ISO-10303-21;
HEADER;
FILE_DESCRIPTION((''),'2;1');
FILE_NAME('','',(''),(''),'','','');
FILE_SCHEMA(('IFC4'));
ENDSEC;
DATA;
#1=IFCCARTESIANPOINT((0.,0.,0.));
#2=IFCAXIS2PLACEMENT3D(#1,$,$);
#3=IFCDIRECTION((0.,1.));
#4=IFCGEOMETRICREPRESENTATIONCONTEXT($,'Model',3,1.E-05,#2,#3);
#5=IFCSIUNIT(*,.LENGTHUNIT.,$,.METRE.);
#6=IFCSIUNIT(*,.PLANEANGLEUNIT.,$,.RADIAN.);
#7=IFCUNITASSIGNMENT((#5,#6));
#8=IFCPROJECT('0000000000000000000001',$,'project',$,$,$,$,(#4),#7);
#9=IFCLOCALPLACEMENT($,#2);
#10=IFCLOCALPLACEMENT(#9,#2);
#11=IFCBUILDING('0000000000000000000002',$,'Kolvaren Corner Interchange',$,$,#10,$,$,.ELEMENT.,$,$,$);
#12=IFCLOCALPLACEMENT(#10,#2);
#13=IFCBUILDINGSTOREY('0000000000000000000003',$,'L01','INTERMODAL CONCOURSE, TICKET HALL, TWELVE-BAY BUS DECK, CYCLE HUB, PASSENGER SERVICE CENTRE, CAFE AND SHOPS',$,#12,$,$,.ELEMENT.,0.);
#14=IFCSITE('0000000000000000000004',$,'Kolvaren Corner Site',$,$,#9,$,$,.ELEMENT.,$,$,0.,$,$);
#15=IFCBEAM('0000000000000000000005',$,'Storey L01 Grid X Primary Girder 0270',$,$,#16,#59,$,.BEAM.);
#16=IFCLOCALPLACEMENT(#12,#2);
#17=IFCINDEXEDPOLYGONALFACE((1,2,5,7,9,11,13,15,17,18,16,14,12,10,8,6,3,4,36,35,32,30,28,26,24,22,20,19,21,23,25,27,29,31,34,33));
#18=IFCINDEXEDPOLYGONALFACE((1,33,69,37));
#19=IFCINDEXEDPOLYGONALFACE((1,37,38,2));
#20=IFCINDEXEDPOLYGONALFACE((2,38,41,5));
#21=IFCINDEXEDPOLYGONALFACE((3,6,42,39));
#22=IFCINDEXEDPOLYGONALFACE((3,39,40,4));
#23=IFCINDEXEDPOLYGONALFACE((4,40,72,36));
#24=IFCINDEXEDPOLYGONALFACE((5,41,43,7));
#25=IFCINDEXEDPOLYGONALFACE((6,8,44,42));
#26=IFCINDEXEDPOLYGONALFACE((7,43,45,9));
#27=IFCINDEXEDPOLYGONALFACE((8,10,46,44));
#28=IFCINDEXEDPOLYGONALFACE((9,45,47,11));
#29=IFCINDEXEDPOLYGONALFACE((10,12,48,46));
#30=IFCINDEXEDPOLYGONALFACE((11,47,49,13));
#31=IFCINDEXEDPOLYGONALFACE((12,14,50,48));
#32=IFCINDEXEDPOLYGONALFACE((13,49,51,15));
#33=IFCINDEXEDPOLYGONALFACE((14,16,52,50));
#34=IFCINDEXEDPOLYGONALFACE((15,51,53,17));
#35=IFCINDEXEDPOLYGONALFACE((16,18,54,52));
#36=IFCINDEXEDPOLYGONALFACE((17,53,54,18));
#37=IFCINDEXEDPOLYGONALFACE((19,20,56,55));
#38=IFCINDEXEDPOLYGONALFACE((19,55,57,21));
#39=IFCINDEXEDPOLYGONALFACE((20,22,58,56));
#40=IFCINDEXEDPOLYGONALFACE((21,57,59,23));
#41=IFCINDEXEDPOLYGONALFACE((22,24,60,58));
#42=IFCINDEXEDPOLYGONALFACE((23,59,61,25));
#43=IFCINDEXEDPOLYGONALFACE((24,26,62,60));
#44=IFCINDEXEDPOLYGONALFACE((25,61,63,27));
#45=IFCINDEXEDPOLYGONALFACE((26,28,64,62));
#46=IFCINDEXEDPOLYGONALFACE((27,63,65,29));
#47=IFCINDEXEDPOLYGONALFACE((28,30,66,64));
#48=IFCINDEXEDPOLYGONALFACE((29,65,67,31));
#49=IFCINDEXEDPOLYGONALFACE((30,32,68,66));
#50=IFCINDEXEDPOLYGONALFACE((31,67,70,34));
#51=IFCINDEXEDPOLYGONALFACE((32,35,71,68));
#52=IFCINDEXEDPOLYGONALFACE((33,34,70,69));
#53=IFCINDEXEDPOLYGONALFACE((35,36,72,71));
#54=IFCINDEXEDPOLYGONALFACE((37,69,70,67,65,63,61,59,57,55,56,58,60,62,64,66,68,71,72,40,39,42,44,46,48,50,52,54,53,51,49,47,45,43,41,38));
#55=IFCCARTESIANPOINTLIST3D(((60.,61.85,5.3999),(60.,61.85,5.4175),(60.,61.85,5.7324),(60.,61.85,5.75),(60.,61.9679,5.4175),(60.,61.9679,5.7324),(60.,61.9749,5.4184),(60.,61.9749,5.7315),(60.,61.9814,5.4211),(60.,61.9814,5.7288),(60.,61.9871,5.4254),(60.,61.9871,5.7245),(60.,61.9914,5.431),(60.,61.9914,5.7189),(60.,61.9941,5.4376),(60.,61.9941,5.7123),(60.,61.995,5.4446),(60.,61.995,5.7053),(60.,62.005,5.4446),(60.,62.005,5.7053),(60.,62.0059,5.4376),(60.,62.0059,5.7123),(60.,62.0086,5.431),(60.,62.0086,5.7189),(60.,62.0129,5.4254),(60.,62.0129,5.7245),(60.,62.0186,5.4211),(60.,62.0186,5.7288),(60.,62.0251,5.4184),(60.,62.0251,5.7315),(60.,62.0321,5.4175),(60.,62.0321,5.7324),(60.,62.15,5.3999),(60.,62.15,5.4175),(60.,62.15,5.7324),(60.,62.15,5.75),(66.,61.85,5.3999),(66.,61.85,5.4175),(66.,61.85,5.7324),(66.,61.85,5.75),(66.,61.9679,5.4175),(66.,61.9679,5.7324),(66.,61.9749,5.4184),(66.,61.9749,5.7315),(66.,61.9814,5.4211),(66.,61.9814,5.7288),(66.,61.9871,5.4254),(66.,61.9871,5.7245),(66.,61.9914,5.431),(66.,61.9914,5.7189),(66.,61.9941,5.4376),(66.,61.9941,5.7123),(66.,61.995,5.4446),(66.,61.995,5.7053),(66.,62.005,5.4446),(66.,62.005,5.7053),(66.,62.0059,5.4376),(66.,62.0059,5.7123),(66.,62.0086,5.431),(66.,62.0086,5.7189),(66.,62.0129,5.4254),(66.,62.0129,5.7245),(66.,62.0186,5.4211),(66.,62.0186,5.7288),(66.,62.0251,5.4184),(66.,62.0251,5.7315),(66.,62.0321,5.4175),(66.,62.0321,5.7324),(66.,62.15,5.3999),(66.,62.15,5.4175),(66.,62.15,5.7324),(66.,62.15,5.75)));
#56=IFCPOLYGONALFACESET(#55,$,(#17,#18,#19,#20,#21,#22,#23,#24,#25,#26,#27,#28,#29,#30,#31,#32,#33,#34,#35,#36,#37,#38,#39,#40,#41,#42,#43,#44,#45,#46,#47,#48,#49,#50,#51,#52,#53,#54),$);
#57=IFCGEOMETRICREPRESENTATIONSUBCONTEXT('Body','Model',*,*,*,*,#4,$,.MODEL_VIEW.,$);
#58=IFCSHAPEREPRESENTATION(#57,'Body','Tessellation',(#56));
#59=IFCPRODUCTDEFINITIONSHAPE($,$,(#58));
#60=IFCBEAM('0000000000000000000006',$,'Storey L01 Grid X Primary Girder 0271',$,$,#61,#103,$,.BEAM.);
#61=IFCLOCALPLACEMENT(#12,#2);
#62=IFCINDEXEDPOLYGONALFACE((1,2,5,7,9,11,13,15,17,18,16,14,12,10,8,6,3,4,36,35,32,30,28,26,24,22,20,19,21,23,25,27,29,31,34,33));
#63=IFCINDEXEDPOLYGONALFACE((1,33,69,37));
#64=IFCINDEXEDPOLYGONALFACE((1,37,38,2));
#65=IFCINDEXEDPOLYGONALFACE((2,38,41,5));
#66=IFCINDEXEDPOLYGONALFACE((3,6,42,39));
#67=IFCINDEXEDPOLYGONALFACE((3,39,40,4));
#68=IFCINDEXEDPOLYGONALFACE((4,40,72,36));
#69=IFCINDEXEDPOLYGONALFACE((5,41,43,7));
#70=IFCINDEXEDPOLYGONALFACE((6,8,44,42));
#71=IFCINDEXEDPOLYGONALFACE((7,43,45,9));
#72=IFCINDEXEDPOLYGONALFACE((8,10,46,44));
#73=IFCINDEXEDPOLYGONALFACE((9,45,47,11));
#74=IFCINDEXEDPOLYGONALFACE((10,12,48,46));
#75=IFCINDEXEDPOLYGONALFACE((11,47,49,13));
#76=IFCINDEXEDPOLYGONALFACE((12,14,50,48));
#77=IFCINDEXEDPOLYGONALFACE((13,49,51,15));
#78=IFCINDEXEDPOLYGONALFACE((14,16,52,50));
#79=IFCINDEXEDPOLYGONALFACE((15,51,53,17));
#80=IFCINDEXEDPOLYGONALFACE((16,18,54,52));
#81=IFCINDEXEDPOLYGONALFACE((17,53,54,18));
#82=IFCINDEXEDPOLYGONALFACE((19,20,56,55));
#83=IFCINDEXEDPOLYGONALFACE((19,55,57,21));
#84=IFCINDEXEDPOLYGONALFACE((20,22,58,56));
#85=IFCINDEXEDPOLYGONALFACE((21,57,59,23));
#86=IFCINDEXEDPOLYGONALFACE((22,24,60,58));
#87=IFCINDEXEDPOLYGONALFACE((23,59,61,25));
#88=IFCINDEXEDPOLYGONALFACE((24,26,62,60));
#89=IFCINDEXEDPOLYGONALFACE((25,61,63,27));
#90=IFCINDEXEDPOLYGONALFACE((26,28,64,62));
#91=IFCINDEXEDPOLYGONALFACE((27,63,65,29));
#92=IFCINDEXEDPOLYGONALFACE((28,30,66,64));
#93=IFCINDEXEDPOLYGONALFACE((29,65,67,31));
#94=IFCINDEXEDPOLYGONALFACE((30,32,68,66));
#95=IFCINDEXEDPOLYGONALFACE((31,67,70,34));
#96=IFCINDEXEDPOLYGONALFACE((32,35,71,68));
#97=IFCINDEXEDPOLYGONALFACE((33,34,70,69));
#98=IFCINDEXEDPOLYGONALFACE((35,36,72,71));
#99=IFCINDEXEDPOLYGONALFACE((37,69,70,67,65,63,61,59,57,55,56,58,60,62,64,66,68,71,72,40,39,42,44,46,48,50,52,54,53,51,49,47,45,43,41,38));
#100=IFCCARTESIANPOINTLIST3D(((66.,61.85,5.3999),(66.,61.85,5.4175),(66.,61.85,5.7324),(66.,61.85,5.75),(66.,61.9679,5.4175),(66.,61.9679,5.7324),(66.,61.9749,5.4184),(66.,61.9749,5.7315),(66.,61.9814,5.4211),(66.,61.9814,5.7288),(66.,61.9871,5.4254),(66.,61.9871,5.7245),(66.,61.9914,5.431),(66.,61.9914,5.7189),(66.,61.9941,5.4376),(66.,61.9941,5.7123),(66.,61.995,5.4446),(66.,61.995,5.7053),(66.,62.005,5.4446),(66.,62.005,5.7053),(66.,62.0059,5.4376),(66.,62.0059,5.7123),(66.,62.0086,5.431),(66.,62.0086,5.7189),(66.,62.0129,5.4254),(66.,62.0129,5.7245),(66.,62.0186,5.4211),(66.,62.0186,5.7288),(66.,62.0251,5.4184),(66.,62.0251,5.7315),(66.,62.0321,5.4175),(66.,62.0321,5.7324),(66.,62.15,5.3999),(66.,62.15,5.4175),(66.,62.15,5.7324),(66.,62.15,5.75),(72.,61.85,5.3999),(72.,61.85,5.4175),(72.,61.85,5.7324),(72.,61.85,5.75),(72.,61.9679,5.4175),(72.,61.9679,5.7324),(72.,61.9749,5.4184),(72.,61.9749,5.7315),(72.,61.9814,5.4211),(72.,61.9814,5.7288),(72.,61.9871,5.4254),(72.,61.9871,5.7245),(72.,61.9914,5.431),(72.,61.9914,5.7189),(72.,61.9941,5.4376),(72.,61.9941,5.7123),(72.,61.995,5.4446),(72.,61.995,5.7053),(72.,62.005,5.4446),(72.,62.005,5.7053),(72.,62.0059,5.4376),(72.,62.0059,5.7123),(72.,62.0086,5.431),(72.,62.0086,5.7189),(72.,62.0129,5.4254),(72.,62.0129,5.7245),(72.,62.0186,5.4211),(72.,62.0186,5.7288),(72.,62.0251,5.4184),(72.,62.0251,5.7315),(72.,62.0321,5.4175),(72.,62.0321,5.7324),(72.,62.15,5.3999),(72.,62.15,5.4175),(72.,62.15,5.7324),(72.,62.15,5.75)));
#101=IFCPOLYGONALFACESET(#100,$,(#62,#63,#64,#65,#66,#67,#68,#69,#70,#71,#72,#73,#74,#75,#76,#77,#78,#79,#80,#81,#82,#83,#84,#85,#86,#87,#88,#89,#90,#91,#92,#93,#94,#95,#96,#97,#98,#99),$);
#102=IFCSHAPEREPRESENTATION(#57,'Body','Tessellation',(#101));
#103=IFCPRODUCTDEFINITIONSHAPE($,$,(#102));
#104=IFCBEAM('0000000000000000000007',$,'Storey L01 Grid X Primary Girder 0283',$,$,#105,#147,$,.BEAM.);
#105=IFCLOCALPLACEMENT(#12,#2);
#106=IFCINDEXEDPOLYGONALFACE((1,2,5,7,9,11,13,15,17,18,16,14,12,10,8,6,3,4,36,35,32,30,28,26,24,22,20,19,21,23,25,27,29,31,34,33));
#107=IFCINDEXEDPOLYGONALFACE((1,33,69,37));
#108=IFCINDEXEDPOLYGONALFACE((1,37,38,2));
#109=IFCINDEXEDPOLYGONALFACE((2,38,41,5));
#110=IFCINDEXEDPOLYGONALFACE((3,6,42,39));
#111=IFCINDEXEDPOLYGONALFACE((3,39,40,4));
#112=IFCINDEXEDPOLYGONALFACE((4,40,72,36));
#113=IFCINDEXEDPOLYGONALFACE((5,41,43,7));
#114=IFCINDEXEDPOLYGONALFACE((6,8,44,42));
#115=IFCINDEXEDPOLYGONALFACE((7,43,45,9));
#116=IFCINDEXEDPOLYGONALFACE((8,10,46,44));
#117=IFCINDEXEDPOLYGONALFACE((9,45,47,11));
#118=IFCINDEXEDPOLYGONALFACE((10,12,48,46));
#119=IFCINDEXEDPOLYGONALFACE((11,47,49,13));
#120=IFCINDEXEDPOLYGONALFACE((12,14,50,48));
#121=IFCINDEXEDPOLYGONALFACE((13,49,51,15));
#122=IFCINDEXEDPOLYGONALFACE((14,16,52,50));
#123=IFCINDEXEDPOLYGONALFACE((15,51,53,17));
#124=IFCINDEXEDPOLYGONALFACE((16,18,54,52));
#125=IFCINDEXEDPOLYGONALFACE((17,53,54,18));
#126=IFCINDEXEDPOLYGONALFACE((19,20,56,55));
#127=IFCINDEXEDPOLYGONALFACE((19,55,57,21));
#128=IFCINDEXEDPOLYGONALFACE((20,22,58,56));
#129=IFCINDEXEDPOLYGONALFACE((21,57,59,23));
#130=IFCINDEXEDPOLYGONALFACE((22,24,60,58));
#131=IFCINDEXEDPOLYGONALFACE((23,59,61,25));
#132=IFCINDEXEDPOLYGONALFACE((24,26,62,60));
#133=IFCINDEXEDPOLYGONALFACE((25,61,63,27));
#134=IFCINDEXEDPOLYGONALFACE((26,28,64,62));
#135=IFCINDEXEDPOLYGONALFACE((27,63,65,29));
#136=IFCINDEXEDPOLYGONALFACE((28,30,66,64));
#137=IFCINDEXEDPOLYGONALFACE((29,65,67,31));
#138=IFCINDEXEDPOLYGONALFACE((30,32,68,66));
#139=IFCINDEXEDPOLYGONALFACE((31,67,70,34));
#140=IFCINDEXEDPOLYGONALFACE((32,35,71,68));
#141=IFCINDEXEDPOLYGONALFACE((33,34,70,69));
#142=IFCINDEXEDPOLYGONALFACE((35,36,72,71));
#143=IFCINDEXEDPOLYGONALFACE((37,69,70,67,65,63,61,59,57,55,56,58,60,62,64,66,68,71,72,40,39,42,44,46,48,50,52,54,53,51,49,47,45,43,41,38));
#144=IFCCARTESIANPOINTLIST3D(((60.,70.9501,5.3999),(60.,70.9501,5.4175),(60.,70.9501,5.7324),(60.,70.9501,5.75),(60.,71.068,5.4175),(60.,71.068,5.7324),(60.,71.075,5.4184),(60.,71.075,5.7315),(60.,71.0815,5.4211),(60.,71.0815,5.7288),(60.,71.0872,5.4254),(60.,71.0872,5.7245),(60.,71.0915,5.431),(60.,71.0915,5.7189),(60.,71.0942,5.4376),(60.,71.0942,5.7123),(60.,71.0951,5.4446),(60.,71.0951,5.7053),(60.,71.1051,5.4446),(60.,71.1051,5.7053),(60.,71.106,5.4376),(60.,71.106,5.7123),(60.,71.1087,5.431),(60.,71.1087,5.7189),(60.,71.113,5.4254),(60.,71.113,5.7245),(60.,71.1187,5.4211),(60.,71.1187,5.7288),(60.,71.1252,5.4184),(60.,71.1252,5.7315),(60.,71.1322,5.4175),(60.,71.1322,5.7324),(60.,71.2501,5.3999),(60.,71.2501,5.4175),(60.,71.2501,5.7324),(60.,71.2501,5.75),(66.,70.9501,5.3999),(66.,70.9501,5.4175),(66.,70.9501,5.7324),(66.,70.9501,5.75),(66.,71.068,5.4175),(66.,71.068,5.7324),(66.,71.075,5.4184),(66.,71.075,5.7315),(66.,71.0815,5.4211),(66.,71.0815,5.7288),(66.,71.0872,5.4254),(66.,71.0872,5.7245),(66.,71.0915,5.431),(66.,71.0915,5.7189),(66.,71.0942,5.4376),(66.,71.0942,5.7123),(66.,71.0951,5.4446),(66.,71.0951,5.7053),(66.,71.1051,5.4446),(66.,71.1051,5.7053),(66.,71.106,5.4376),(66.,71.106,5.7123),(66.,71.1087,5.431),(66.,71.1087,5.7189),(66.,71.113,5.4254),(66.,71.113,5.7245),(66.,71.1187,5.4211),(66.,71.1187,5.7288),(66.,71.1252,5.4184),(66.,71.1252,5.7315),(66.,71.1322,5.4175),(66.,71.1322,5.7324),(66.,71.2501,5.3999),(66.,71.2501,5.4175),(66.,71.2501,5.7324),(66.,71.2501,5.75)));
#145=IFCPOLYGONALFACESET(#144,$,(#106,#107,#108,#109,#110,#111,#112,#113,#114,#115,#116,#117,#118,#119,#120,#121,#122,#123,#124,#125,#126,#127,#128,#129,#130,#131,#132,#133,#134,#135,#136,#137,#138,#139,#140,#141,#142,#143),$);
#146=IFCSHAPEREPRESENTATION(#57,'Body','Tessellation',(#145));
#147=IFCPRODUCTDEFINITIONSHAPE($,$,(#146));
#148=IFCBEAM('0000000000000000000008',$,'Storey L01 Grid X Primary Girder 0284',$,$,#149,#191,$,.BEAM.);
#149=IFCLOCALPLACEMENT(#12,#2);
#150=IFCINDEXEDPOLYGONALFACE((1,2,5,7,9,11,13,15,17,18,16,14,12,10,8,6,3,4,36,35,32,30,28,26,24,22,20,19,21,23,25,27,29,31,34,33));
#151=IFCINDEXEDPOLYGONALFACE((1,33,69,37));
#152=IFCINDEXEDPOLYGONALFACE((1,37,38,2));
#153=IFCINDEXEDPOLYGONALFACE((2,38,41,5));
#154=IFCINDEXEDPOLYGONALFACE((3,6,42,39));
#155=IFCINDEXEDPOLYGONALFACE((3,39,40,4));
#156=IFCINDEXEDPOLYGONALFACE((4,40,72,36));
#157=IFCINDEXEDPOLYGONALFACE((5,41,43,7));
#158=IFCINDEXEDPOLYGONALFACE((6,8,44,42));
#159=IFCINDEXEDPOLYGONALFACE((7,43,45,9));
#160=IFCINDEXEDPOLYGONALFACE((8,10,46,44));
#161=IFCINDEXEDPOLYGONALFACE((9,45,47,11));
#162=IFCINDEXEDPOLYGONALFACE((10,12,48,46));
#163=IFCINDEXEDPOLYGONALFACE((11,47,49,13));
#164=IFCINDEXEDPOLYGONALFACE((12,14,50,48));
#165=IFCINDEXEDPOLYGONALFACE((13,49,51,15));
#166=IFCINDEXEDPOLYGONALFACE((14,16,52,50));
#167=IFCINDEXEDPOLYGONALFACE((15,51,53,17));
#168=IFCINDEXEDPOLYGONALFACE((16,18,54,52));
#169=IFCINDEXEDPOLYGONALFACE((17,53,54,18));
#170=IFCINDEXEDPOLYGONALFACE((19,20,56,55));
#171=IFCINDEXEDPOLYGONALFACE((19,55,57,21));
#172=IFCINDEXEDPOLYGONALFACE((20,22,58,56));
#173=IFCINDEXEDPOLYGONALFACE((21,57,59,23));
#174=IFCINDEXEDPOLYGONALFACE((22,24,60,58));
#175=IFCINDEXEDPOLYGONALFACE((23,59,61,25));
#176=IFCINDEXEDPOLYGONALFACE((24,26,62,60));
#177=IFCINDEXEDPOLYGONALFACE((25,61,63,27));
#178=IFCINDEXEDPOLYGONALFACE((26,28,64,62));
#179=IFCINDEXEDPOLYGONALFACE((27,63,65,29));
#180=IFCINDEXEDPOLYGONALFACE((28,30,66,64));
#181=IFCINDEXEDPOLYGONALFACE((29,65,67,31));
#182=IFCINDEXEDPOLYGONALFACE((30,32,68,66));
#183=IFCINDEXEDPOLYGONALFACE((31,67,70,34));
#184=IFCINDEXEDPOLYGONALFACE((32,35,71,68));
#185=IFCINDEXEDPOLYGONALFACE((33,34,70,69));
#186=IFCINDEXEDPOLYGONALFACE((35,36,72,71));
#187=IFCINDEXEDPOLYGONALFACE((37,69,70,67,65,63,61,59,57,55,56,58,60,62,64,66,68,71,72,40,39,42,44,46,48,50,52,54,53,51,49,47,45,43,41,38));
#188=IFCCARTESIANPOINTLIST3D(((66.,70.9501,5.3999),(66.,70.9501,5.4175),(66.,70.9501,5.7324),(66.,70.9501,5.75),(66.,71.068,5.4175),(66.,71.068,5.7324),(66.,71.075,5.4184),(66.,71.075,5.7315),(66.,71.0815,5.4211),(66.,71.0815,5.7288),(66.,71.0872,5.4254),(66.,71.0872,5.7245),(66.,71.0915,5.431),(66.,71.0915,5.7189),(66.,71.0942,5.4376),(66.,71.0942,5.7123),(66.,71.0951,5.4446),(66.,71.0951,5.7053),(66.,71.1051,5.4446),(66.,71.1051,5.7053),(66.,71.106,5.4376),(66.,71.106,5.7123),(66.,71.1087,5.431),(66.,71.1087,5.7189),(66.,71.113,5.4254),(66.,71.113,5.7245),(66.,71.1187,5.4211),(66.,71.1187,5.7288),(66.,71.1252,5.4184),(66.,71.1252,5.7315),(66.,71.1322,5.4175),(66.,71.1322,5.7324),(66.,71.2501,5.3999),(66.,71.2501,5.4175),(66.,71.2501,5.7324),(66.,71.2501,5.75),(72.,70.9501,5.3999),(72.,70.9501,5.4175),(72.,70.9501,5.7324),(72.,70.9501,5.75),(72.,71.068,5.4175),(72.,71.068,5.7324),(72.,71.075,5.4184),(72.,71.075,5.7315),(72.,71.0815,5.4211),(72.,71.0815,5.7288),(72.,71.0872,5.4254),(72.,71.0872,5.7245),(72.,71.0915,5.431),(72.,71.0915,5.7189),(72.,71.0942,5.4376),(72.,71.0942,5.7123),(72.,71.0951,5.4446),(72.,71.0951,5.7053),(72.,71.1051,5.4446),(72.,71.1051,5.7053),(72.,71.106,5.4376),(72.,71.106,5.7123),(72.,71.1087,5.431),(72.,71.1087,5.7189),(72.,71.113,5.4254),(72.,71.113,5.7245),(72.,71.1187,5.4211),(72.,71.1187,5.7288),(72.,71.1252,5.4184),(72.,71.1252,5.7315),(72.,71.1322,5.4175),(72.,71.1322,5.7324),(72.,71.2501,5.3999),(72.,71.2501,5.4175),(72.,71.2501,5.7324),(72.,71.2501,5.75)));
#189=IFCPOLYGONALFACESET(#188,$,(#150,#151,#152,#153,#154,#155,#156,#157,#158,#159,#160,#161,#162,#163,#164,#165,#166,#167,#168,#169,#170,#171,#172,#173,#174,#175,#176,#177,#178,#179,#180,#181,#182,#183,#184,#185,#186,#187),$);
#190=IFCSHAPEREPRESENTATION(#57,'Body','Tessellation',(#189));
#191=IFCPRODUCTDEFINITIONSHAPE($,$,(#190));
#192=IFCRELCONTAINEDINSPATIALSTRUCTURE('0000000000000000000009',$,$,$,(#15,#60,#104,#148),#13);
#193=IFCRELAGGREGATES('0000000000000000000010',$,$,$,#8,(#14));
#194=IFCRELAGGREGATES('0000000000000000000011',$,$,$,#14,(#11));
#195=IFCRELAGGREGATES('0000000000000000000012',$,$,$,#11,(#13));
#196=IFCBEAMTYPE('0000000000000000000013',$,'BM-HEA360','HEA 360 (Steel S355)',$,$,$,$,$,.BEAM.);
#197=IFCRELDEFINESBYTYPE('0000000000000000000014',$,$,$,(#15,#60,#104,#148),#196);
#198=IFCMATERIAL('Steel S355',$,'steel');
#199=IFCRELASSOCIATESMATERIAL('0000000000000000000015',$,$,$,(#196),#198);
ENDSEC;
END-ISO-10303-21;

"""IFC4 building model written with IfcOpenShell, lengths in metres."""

from ifc_helpers import new_model, si_unit, direction, frame, origin, origin_2d, place, context, subcontext, project, spatial, i_section, extrude, material, material_profile, profile_set, type_object, element, save


model = new_model("IFC4")

# Units and contexts
model_context = context("Model", 3, precision=1e-05, world=origin(), true_north=direction((0.0, 1.0)))
body_context = subcontext(model_context, "Body", "Model", "MODEL_VIEW")
ifc_project = project(units=[si_unit("LENGTHUNIT", "METRE"), si_unit("PLANEANGLEUNIT", "RADIAN")], contexts=[model_context])

# Site, building, storey
site_placement = place(None, origin())
site = spatial("IfcSite", under=ifc_project, at=site_placement, Name="Kolvaren Corner Site", CompositionType="ELEMENT", RefElevation=0.0)
building_placement = place(site_placement, origin())
building = spatial("IfcBuilding", under=site, at=building_placement, Name="Kolvaren Corner Interchange", CompositionType="ELEMENT")
storey_placement = place(building_placement, origin())
storey = spatial("IfcBuildingStorey", under=building, at=storey_placement, Name="L01", Description="INTERMODAL CONCOURSE, TICKET HALL, TWELVE-BAY BUS DECK, CYCLE HUB, PASSENGER SERVICE CENTRE, CAFE AND SHOPS", CompositionType="ELEMENT", Elevation=0.0)

# Beams
ifc_material_1 = material(Name="Steel S355", Category="steel")
ifc_material_profile_1 = material_profile(ifc_material_1, i_section(OverallWidth=0.3, OverallDepth=0.3501, WebThickness=0.01, FlangeThickness=0.0176, FilletRadius=0.0271, at=origin_2d()), Name="HEA 360")
ifc_profile_set_1 = profile_set([ifc_material_profile_1], Name="Steel S355")
beam_type_1 = type_object("IfcBeamType", Name="BM-HEA360", Description="HEA 360 (Steel S355)", PredefinedType="BEAM", material=ifc_profile_set_1)
for number, where, z_axis, x_axis, name in (
    (1, (60.0, 62.0, 5.575), (1.0, 0.0, 0.0), (0.0, 1.0, 0.0), "Storey L01 Grid X Primary Girder 0270"),
    (2, (66.0, 62.0, 5.575), (1.0, 0.0, 0.0), (0.0, 1.0, 0.0), "Storey L01 Grid X Primary Girder 0271"),
    (3, (60.0, 71.1001, 5.575), (1.0, 0.0, 0.0), (0.0, 1.0, 0.0), "Storey L01 Grid X Primary Girder 0283"),
    (4, (66.0, 71.1001, 5.575), (1.0, 0.0, 0.0), (0.0, 1.0, 0.0), "Storey L01 Grid X Primary Girder 0284"),
):
    element("IfcBeam", number, at=place(storey_placement, frame(where, z_axis=z_axis, x_axis=x_axis)), inside=storey, type_object=beam_type_1, Name=name, PredefinedType="BEAM", context=body_context, shape_type="SweptSolid", body=[
        extrude(i_section(OverallWidth=0.3, OverallDepth=0.3501, WebThickness=0.01, FlangeThickness=0.0176, FilletRadius=0.0271, at=origin_2d()), origin(), (0.0, 0.0, 1.0), 6.0),
    ])

save(model, "model.ifc")
